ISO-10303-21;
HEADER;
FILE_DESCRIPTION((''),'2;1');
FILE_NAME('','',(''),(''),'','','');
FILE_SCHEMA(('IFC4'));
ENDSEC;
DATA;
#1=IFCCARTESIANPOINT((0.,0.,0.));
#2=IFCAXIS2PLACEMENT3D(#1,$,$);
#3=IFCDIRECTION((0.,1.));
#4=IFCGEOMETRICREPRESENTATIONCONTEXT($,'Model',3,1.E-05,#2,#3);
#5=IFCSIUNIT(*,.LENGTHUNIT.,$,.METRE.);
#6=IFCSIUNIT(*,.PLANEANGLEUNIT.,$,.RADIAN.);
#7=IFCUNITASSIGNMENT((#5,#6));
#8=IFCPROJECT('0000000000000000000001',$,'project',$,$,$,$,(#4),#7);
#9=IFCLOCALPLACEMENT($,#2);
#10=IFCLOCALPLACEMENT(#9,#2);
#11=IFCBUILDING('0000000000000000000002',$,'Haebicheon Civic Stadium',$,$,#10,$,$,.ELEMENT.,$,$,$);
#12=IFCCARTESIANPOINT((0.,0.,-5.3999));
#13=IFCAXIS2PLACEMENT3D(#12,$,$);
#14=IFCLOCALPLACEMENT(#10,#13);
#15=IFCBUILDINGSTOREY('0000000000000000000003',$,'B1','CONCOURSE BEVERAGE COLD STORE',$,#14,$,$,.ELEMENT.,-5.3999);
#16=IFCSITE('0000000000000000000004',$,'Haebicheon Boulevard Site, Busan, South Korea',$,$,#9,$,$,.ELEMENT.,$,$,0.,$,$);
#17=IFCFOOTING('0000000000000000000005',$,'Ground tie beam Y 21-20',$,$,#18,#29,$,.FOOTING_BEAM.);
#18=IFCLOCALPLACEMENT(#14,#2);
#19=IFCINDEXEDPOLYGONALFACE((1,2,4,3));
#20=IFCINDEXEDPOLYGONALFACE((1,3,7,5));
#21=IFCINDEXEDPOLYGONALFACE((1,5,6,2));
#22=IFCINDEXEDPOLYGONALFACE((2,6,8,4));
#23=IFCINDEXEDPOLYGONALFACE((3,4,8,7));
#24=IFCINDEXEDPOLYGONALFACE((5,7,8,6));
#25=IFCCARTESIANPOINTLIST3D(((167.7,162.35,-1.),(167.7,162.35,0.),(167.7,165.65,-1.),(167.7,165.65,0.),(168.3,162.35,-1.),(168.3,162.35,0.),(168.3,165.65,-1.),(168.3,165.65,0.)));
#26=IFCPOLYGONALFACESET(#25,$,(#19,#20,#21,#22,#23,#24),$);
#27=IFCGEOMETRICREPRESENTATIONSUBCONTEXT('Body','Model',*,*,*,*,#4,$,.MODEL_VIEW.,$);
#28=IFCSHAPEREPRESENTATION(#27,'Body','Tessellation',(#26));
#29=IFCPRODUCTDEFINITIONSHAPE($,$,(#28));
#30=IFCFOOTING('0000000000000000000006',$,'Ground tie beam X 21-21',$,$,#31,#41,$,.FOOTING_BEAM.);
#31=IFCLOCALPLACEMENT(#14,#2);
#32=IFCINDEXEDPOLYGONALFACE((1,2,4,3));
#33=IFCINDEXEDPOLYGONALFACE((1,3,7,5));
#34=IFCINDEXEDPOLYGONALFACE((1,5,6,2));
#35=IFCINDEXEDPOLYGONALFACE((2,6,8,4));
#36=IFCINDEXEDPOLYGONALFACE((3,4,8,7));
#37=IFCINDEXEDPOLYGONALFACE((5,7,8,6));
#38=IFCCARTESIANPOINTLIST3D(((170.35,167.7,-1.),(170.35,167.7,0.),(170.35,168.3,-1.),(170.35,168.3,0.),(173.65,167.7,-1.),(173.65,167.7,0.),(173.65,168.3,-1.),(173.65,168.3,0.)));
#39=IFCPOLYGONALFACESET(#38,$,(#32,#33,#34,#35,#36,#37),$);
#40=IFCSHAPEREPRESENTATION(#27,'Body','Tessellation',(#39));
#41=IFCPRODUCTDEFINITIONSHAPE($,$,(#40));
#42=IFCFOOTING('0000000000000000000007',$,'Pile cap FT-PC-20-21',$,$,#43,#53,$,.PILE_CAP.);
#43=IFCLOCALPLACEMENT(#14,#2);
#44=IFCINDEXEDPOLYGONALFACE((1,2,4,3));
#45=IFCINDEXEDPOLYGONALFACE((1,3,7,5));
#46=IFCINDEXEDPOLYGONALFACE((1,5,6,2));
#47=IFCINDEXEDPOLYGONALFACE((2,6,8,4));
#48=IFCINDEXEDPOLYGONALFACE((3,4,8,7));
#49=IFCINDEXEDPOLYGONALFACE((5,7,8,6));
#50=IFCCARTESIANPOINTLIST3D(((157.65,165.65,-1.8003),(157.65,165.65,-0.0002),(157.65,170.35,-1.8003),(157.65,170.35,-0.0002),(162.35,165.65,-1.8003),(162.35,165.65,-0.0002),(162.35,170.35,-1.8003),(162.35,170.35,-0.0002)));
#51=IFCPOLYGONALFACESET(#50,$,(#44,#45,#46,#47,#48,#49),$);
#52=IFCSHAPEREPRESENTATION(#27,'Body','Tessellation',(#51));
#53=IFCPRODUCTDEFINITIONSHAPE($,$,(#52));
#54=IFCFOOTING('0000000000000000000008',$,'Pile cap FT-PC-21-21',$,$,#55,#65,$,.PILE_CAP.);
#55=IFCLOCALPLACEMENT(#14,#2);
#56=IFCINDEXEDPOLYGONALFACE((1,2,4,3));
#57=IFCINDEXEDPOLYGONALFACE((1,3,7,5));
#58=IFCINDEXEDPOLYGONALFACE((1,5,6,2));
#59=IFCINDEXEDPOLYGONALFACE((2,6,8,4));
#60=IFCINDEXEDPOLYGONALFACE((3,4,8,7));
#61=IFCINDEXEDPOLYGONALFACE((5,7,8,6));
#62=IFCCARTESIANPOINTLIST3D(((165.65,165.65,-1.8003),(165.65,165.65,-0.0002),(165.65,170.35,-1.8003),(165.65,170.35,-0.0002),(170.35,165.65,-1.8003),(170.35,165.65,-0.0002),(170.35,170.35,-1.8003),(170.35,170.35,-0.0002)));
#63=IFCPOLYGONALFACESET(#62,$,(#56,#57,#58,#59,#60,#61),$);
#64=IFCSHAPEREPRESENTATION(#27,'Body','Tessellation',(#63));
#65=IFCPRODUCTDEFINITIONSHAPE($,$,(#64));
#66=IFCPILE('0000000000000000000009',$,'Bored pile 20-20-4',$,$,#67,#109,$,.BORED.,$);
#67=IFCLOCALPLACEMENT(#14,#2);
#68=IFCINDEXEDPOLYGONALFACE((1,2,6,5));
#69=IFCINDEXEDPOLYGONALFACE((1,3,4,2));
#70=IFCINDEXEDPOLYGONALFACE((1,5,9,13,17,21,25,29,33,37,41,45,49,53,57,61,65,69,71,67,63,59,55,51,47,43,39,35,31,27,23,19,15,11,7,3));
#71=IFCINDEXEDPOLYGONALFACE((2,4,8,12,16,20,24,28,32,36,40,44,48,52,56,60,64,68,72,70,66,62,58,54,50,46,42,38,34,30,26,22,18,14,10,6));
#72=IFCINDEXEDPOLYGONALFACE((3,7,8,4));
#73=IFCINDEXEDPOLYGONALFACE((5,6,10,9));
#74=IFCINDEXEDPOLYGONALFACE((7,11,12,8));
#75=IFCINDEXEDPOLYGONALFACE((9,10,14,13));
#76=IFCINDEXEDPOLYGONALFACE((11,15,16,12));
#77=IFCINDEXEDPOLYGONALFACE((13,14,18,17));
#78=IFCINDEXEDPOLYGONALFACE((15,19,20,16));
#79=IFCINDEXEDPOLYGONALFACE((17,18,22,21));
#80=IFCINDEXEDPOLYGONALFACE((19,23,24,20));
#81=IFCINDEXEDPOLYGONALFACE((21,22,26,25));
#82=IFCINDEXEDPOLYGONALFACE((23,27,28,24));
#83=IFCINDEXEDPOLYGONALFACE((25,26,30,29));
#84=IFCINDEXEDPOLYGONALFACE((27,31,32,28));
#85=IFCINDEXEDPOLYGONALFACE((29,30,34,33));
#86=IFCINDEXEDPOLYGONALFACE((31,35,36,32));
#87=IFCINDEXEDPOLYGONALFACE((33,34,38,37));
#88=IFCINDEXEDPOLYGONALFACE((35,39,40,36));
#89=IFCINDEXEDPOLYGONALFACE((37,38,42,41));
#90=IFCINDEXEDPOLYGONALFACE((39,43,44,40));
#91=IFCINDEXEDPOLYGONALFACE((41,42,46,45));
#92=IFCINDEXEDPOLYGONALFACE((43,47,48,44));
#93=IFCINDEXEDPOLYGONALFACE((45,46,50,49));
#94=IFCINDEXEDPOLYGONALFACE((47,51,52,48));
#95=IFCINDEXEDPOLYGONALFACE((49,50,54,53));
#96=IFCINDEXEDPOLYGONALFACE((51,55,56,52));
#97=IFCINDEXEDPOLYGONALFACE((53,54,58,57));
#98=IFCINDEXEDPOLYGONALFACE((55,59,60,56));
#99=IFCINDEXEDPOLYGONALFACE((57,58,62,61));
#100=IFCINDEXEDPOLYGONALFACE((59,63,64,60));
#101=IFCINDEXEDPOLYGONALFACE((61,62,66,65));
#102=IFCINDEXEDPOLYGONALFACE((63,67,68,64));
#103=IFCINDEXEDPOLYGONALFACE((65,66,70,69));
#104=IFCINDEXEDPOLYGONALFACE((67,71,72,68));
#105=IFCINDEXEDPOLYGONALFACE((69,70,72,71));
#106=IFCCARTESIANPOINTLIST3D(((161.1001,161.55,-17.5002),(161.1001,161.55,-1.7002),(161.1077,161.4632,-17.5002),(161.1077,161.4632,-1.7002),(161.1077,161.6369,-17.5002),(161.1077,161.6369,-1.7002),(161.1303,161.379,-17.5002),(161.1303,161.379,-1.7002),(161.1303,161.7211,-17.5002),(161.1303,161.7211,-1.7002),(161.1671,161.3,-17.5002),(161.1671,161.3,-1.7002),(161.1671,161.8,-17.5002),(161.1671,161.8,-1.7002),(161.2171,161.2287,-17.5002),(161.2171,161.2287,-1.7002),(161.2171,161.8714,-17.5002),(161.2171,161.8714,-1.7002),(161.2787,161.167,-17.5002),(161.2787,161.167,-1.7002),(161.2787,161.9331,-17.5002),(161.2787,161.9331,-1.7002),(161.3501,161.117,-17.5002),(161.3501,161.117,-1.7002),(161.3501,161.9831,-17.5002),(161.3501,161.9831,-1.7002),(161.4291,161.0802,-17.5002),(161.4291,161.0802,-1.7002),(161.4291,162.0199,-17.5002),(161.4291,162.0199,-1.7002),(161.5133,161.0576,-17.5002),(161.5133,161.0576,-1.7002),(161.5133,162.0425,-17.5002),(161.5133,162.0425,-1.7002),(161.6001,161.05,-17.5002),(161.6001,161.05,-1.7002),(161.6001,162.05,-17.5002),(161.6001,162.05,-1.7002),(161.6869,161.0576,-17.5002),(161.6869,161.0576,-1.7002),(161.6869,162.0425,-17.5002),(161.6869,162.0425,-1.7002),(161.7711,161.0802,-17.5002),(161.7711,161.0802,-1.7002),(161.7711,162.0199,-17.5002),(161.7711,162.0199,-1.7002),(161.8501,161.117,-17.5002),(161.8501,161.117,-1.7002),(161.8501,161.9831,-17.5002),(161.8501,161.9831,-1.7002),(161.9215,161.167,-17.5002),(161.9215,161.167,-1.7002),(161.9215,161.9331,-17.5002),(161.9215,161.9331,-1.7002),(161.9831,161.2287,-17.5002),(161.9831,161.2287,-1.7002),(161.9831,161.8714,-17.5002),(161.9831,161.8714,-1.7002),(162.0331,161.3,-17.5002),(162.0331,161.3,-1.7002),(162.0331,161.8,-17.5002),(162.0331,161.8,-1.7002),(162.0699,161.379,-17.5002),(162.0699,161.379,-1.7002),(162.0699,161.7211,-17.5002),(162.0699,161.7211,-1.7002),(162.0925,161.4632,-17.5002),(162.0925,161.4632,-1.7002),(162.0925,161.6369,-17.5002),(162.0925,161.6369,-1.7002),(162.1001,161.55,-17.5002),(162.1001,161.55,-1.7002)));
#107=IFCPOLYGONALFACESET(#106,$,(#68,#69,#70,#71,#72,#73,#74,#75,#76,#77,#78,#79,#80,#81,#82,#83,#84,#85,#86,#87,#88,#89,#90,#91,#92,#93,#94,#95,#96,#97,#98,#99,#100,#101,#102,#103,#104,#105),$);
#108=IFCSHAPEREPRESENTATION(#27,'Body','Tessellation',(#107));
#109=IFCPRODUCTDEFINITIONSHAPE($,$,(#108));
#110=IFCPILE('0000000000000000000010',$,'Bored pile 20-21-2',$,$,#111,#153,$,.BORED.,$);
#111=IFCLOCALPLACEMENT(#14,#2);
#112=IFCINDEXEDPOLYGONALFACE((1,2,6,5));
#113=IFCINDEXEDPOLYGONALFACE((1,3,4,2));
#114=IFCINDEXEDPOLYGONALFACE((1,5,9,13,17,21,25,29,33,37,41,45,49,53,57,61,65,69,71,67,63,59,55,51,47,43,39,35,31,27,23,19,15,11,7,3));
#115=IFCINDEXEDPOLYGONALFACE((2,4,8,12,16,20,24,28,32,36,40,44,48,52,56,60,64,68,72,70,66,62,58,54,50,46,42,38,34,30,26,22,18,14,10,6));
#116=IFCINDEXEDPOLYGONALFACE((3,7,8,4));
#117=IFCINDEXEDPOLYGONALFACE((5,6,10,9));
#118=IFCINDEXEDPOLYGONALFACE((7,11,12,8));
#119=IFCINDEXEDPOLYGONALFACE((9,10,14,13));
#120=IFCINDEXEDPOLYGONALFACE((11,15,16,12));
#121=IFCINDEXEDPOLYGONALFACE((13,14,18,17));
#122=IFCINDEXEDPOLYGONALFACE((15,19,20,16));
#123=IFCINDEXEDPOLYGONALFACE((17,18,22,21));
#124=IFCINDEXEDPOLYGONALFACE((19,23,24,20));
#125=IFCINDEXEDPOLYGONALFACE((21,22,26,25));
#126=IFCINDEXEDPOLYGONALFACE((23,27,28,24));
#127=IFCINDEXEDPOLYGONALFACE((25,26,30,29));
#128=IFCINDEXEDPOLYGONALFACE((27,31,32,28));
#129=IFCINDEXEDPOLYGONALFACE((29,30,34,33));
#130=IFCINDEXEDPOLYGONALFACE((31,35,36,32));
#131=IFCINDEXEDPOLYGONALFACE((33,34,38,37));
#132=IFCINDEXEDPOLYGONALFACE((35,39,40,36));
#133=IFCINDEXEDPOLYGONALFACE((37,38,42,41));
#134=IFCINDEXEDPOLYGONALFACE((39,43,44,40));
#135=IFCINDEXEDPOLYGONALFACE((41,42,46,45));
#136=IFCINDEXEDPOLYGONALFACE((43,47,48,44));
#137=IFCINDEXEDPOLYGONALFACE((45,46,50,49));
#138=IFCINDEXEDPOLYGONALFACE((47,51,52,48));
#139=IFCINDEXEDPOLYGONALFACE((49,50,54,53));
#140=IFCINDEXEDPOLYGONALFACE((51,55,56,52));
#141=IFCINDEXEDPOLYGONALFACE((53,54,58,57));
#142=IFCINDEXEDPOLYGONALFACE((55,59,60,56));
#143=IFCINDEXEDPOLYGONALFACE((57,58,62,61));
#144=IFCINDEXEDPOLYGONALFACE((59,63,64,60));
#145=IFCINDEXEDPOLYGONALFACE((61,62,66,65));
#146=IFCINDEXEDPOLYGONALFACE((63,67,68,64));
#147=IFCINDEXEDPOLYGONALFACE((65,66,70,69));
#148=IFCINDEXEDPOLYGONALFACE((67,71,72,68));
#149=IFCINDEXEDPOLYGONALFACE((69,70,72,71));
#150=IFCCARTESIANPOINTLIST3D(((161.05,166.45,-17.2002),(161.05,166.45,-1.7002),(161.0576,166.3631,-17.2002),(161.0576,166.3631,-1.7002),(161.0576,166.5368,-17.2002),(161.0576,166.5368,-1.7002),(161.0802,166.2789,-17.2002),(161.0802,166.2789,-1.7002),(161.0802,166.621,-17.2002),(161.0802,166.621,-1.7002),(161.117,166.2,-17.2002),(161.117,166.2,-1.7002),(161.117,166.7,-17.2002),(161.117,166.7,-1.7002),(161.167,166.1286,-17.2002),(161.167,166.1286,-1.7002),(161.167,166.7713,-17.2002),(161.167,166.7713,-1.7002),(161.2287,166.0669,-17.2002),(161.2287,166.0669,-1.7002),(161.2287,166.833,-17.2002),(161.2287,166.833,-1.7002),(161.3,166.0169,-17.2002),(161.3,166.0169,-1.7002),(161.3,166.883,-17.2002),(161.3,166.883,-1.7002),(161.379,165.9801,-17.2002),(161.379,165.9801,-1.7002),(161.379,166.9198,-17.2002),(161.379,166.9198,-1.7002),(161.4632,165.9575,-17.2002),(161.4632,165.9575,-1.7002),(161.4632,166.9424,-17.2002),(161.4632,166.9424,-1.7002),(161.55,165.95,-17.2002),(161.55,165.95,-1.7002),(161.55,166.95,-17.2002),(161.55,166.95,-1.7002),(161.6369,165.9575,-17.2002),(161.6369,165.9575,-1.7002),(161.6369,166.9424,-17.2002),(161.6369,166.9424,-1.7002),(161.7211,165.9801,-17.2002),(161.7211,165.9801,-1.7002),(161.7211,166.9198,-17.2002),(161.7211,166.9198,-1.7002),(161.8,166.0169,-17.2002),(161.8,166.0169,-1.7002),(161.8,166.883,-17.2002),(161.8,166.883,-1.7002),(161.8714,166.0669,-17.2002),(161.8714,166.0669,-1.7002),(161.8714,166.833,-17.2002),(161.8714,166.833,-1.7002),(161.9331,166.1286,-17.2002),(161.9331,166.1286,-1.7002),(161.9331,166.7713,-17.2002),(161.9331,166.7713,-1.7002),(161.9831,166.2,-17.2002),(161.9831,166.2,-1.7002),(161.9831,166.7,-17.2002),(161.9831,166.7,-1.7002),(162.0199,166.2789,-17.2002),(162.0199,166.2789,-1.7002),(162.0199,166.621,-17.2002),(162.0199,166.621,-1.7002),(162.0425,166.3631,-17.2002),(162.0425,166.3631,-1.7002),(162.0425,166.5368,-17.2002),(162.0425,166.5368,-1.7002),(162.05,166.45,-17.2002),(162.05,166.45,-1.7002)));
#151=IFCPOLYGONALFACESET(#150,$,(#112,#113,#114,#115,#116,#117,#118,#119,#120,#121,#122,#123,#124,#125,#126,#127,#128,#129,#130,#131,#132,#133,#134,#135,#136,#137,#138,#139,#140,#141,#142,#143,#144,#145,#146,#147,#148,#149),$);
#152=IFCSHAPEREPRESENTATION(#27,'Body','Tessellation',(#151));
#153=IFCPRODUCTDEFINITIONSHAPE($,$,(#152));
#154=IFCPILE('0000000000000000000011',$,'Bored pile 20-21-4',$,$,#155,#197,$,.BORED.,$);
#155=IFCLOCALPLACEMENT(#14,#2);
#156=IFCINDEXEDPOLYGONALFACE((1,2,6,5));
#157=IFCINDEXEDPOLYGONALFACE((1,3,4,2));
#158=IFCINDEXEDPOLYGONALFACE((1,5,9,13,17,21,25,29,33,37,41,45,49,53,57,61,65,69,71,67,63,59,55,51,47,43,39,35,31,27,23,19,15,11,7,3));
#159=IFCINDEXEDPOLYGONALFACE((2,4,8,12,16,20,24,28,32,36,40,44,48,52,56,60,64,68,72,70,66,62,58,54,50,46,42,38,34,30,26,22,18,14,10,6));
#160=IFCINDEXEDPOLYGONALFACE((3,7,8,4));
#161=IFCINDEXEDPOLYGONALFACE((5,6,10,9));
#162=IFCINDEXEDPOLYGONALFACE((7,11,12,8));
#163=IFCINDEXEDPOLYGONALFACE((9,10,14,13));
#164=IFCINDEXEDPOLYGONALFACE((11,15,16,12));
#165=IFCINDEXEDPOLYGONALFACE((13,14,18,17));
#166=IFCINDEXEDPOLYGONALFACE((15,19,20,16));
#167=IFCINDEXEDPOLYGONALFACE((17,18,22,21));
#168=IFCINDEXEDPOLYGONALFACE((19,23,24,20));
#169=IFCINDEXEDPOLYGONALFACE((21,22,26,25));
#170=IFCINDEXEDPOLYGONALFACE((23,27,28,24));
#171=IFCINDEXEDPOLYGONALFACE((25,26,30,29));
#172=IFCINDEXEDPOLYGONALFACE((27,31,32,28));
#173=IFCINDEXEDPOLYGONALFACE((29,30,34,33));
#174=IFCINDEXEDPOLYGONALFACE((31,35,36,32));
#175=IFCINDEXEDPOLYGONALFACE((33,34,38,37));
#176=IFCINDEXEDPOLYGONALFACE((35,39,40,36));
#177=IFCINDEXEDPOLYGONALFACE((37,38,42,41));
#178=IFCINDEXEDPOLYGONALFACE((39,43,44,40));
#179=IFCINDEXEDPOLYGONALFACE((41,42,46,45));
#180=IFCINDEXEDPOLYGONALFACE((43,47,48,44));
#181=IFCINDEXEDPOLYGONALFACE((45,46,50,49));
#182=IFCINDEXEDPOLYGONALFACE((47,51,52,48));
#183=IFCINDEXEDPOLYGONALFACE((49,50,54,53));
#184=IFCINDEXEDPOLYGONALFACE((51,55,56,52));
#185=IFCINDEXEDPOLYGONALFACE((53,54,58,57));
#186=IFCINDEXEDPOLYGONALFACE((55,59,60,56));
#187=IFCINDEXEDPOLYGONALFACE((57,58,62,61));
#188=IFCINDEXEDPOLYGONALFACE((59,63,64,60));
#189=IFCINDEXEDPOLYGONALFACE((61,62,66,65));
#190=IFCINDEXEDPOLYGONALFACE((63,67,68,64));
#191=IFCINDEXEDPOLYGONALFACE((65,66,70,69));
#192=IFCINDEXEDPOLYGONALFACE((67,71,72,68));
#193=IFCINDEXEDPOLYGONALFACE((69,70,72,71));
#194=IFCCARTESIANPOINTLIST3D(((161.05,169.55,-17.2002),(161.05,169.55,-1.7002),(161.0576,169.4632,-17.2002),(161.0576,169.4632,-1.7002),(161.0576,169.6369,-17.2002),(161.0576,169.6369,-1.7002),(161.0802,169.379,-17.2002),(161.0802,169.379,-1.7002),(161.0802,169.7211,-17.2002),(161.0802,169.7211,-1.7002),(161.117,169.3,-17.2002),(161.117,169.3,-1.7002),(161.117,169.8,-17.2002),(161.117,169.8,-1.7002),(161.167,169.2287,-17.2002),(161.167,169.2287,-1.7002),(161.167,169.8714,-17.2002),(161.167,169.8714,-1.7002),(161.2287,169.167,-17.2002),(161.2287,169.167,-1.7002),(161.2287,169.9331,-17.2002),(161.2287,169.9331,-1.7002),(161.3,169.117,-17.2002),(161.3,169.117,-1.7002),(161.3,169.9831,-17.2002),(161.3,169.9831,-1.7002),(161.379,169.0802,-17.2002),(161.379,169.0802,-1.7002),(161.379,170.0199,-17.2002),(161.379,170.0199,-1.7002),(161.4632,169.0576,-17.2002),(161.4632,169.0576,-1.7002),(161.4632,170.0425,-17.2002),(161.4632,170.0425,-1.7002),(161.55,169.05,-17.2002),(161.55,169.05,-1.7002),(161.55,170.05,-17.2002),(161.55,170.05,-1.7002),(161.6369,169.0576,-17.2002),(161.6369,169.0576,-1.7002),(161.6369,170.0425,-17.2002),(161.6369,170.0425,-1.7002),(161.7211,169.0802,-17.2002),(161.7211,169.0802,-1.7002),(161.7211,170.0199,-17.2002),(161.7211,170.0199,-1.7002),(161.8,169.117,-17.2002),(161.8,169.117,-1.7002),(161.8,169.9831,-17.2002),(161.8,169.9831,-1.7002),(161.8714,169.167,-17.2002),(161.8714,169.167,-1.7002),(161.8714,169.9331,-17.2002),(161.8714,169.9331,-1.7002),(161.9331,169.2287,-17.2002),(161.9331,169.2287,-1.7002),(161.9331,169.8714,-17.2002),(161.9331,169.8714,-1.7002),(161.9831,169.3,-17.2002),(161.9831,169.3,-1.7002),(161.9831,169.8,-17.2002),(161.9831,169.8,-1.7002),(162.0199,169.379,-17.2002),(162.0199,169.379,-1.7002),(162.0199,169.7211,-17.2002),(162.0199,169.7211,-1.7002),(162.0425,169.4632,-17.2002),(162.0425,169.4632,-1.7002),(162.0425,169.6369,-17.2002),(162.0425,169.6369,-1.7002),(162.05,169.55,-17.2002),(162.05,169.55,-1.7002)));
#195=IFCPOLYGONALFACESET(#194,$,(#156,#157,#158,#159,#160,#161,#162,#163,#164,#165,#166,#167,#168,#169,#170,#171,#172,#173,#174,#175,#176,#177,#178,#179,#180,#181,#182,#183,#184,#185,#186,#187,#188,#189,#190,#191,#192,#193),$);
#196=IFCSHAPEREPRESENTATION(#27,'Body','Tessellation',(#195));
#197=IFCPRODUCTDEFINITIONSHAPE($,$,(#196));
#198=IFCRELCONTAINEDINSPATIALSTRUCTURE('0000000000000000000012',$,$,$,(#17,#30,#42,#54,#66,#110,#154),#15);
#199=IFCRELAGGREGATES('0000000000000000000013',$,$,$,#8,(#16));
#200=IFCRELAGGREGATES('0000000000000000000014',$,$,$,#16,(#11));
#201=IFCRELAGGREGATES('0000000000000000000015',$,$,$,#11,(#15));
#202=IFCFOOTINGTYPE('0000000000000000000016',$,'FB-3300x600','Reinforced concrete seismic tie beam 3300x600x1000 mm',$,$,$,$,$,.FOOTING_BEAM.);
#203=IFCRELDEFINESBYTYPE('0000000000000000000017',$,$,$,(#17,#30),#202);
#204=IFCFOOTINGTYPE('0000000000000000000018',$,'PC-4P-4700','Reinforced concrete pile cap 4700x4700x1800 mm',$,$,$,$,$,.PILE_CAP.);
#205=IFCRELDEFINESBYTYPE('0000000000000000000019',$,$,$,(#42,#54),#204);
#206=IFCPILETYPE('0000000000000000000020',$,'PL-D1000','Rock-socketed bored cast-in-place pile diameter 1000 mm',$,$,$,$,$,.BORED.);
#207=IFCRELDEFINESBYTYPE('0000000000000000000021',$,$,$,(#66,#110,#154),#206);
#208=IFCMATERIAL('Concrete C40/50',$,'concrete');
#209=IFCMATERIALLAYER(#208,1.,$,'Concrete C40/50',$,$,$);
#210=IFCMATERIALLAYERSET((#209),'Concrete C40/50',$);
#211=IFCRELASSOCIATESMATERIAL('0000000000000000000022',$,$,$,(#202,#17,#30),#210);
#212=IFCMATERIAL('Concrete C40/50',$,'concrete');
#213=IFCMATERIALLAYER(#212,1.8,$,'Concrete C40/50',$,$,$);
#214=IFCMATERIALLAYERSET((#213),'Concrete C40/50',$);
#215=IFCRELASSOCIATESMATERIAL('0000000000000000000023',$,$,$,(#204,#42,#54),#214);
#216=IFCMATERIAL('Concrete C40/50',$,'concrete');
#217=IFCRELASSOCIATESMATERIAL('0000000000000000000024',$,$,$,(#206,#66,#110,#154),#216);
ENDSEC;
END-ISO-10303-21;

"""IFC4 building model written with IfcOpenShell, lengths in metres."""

from ifc_helpers import new_model, si_unit, direction, frame, origin, origin_2d, place, context, subcontext, project, spatial, rectangle, circle, extrude, material, layer, layer_set, material_profile, profile_set, type_object, element, save


model = new_model("IFC4")

# Units and contexts
model_context = context("Model", 3, precision=1e-05, world=origin(), true_north=direction((0.0, 1.0)))
body_context = subcontext(model_context, "Body", "Model", "MODEL_VIEW")
ifc_project = project(units=[si_unit("LENGTHUNIT", "METRE"), si_unit("PLANEANGLEUNIT", "RADIAN")], contexts=[model_context])

# Site, building, storey
site_placement = place(None, origin())
site = spatial("IfcSite", under=ifc_project, at=site_placement, Name="Haebicheon Boulevard Site, Busan, South Korea", CompositionType="ELEMENT", RefElevation=0.0)
building_placement = place(site_placement, origin())
building = spatial("IfcBuilding", under=site, at=building_placement, Name="Haebicheon Civic Stadium", CompositionType="ELEMENT")
storey_placement = place(building_placement, frame((0.0, 0.0, -5.3999)))
storey = spatial("IfcBuildingStorey", under=building, at=storey_placement, Name="B1", Description="CONCOURSE BEVERAGE COLD STORE", CompositionType="ELEMENT", Elevation=-5.3999)

# Footings
ifc_material_1 = material(Name="Concrete C40/50", Category="concrete")
ifc_layer_1 = layer(ifc_material_1, 1.0, Name="Concrete C40/50")
ifc_layer_set_1 = layer_set([ifc_layer_1], Name="Concrete C40/50")
footing_type_1 = type_object("IfcFootingType", Name="FB-3300x600", Description="Reinforced concrete seismic tie beam 3300x600x1000 mm", PredefinedType="FOOTING_BEAM", material=ifc_layer_set_1)
for number, where, z_axis, x_axis, name in (
    (1, (168.0, 164.0, -1.0), (0.0, 0.0, 1.0), (0.0, 1.0, 0.0), "Ground tie beam Y 21-20"),
    (2, (172.0, 168.0, -1.0), (0.0, 0.0, 1.0), (1.0, 0.0, 0.0), "Ground tie beam X 21-21"),
):
    element("IfcFooting", number, at=place(storey_placement, frame(where, z_axis=z_axis, x_axis=x_axis)), inside=storey, type_object=footing_type_1, material=ifc_layer_set_1, Name=name, PredefinedType="FOOTING_BEAM", context=body_context, shape_type="SweptSolid", body=[
        extrude(rectangle(XDim=3.3, YDim=0.6001, at=origin_2d()), origin(), (0.0, 0.0, 1.0), 1.0),
    ])
ifc_material_2 = material(Name="Concrete C40/50", Category="concrete")
ifc_layer_2 = layer(ifc_material_2, 1.8, Name="Concrete C40/50")
ifc_layer_set_2 = layer_set([ifc_layer_2], Name="Concrete C40/50")
footing_type_2 = type_object("IfcFootingType", Name="PC-4P-4700", Description="Reinforced concrete pile cap 4700x4700x1800 mm", PredefinedType="PILE_CAP", material=ifc_layer_set_2)
for number, where, z_axis, x_axis, name in (
    (3, (160.0, 168.0, -1.8003), (0.0, 0.0, 1.0), (1.0, 0.0, 0.0), "Pile cap FT-PC-20-21"),
    (4, (168.0, 168.0, -1.8003), (0.0, 0.0, 1.0), (1.0, 0.0, 0.0), "Pile cap FT-PC-21-21"),
):
    element("IfcFooting", number, at=place(storey_placement, frame(where, z_axis=z_axis, x_axis=x_axis)), inside=storey, type_object=footing_type_2, material=ifc_layer_set_2, Name=name, PredefinedType="PILE_CAP", context=body_context, shape_type="SweptSolid", body=[
        extrude(rectangle(XDim=4.7, YDim=4.7, at=origin_2d()), origin(), (0.0, 0.0, 1.0), 1.8),
    ])

# Piles
ifc_material_3 = material(Name="Concrete C40/50", Category="concrete")
ifc_material_profile_1 = material_profile(ifc_material_3, circle(Radius=0.5, at=origin_2d()), Name="PILE-D1000")
ifc_profile_set_1 = profile_set([ifc_material_profile_1], Name="Concrete C40/50")
pile_type = type_object("IfcPileType", Name="PL-D1000", Description="Rock-socketed bored cast-in-place pile diameter 1000 mm", PredefinedType="BORED", material=ifc_profile_set_1)
pile_placement = place(storey_placement, frame((161.6001, 161.55, -1.7002), z_axis=(0.0, 0.0, -1.0), x_axis=(1.0, 0.0, 0.0)))
element("IfcPile", 5, at=pile_placement, inside=storey, type_object=pile_type, material=ifc_profile_set_1, Name="Bored pile 20-20-4", PredefinedType="BORED", context=body_context, shape_type="SweptSolid", body=[
    extrude(circle(Radius=0.5, at=origin_2d()), origin(), (0.0, 0.0, 1.0), 15.8),
])
for number, where, z_axis, x_axis, name in (
    (6, (161.55, 166.45, -1.7002), (0.0, 0.0, -1.0), (1.0, 0.0, 0.0), "Bored pile 20-21-2"),
    (7, (161.55, 169.55, -1.7002), (0.0, 0.0, -1.0), (1.0, 0.0, 0.0), "Bored pile 20-21-4"),
):
    element("IfcPile", number, at=place(storey_placement, frame(where, z_axis=z_axis, x_axis=x_axis)), inside=storey, type_object=pile_type, material=ifc_profile_set_1, Name=name, PredefinedType="BORED", context=body_context, shape_type="SweptSolid", body=[
        extrude(circle(Radius=0.5, at=origin_2d()), origin(), (0.0, 0.0, 1.0), 15.5),
    ])

save(model, "model.ifc")
